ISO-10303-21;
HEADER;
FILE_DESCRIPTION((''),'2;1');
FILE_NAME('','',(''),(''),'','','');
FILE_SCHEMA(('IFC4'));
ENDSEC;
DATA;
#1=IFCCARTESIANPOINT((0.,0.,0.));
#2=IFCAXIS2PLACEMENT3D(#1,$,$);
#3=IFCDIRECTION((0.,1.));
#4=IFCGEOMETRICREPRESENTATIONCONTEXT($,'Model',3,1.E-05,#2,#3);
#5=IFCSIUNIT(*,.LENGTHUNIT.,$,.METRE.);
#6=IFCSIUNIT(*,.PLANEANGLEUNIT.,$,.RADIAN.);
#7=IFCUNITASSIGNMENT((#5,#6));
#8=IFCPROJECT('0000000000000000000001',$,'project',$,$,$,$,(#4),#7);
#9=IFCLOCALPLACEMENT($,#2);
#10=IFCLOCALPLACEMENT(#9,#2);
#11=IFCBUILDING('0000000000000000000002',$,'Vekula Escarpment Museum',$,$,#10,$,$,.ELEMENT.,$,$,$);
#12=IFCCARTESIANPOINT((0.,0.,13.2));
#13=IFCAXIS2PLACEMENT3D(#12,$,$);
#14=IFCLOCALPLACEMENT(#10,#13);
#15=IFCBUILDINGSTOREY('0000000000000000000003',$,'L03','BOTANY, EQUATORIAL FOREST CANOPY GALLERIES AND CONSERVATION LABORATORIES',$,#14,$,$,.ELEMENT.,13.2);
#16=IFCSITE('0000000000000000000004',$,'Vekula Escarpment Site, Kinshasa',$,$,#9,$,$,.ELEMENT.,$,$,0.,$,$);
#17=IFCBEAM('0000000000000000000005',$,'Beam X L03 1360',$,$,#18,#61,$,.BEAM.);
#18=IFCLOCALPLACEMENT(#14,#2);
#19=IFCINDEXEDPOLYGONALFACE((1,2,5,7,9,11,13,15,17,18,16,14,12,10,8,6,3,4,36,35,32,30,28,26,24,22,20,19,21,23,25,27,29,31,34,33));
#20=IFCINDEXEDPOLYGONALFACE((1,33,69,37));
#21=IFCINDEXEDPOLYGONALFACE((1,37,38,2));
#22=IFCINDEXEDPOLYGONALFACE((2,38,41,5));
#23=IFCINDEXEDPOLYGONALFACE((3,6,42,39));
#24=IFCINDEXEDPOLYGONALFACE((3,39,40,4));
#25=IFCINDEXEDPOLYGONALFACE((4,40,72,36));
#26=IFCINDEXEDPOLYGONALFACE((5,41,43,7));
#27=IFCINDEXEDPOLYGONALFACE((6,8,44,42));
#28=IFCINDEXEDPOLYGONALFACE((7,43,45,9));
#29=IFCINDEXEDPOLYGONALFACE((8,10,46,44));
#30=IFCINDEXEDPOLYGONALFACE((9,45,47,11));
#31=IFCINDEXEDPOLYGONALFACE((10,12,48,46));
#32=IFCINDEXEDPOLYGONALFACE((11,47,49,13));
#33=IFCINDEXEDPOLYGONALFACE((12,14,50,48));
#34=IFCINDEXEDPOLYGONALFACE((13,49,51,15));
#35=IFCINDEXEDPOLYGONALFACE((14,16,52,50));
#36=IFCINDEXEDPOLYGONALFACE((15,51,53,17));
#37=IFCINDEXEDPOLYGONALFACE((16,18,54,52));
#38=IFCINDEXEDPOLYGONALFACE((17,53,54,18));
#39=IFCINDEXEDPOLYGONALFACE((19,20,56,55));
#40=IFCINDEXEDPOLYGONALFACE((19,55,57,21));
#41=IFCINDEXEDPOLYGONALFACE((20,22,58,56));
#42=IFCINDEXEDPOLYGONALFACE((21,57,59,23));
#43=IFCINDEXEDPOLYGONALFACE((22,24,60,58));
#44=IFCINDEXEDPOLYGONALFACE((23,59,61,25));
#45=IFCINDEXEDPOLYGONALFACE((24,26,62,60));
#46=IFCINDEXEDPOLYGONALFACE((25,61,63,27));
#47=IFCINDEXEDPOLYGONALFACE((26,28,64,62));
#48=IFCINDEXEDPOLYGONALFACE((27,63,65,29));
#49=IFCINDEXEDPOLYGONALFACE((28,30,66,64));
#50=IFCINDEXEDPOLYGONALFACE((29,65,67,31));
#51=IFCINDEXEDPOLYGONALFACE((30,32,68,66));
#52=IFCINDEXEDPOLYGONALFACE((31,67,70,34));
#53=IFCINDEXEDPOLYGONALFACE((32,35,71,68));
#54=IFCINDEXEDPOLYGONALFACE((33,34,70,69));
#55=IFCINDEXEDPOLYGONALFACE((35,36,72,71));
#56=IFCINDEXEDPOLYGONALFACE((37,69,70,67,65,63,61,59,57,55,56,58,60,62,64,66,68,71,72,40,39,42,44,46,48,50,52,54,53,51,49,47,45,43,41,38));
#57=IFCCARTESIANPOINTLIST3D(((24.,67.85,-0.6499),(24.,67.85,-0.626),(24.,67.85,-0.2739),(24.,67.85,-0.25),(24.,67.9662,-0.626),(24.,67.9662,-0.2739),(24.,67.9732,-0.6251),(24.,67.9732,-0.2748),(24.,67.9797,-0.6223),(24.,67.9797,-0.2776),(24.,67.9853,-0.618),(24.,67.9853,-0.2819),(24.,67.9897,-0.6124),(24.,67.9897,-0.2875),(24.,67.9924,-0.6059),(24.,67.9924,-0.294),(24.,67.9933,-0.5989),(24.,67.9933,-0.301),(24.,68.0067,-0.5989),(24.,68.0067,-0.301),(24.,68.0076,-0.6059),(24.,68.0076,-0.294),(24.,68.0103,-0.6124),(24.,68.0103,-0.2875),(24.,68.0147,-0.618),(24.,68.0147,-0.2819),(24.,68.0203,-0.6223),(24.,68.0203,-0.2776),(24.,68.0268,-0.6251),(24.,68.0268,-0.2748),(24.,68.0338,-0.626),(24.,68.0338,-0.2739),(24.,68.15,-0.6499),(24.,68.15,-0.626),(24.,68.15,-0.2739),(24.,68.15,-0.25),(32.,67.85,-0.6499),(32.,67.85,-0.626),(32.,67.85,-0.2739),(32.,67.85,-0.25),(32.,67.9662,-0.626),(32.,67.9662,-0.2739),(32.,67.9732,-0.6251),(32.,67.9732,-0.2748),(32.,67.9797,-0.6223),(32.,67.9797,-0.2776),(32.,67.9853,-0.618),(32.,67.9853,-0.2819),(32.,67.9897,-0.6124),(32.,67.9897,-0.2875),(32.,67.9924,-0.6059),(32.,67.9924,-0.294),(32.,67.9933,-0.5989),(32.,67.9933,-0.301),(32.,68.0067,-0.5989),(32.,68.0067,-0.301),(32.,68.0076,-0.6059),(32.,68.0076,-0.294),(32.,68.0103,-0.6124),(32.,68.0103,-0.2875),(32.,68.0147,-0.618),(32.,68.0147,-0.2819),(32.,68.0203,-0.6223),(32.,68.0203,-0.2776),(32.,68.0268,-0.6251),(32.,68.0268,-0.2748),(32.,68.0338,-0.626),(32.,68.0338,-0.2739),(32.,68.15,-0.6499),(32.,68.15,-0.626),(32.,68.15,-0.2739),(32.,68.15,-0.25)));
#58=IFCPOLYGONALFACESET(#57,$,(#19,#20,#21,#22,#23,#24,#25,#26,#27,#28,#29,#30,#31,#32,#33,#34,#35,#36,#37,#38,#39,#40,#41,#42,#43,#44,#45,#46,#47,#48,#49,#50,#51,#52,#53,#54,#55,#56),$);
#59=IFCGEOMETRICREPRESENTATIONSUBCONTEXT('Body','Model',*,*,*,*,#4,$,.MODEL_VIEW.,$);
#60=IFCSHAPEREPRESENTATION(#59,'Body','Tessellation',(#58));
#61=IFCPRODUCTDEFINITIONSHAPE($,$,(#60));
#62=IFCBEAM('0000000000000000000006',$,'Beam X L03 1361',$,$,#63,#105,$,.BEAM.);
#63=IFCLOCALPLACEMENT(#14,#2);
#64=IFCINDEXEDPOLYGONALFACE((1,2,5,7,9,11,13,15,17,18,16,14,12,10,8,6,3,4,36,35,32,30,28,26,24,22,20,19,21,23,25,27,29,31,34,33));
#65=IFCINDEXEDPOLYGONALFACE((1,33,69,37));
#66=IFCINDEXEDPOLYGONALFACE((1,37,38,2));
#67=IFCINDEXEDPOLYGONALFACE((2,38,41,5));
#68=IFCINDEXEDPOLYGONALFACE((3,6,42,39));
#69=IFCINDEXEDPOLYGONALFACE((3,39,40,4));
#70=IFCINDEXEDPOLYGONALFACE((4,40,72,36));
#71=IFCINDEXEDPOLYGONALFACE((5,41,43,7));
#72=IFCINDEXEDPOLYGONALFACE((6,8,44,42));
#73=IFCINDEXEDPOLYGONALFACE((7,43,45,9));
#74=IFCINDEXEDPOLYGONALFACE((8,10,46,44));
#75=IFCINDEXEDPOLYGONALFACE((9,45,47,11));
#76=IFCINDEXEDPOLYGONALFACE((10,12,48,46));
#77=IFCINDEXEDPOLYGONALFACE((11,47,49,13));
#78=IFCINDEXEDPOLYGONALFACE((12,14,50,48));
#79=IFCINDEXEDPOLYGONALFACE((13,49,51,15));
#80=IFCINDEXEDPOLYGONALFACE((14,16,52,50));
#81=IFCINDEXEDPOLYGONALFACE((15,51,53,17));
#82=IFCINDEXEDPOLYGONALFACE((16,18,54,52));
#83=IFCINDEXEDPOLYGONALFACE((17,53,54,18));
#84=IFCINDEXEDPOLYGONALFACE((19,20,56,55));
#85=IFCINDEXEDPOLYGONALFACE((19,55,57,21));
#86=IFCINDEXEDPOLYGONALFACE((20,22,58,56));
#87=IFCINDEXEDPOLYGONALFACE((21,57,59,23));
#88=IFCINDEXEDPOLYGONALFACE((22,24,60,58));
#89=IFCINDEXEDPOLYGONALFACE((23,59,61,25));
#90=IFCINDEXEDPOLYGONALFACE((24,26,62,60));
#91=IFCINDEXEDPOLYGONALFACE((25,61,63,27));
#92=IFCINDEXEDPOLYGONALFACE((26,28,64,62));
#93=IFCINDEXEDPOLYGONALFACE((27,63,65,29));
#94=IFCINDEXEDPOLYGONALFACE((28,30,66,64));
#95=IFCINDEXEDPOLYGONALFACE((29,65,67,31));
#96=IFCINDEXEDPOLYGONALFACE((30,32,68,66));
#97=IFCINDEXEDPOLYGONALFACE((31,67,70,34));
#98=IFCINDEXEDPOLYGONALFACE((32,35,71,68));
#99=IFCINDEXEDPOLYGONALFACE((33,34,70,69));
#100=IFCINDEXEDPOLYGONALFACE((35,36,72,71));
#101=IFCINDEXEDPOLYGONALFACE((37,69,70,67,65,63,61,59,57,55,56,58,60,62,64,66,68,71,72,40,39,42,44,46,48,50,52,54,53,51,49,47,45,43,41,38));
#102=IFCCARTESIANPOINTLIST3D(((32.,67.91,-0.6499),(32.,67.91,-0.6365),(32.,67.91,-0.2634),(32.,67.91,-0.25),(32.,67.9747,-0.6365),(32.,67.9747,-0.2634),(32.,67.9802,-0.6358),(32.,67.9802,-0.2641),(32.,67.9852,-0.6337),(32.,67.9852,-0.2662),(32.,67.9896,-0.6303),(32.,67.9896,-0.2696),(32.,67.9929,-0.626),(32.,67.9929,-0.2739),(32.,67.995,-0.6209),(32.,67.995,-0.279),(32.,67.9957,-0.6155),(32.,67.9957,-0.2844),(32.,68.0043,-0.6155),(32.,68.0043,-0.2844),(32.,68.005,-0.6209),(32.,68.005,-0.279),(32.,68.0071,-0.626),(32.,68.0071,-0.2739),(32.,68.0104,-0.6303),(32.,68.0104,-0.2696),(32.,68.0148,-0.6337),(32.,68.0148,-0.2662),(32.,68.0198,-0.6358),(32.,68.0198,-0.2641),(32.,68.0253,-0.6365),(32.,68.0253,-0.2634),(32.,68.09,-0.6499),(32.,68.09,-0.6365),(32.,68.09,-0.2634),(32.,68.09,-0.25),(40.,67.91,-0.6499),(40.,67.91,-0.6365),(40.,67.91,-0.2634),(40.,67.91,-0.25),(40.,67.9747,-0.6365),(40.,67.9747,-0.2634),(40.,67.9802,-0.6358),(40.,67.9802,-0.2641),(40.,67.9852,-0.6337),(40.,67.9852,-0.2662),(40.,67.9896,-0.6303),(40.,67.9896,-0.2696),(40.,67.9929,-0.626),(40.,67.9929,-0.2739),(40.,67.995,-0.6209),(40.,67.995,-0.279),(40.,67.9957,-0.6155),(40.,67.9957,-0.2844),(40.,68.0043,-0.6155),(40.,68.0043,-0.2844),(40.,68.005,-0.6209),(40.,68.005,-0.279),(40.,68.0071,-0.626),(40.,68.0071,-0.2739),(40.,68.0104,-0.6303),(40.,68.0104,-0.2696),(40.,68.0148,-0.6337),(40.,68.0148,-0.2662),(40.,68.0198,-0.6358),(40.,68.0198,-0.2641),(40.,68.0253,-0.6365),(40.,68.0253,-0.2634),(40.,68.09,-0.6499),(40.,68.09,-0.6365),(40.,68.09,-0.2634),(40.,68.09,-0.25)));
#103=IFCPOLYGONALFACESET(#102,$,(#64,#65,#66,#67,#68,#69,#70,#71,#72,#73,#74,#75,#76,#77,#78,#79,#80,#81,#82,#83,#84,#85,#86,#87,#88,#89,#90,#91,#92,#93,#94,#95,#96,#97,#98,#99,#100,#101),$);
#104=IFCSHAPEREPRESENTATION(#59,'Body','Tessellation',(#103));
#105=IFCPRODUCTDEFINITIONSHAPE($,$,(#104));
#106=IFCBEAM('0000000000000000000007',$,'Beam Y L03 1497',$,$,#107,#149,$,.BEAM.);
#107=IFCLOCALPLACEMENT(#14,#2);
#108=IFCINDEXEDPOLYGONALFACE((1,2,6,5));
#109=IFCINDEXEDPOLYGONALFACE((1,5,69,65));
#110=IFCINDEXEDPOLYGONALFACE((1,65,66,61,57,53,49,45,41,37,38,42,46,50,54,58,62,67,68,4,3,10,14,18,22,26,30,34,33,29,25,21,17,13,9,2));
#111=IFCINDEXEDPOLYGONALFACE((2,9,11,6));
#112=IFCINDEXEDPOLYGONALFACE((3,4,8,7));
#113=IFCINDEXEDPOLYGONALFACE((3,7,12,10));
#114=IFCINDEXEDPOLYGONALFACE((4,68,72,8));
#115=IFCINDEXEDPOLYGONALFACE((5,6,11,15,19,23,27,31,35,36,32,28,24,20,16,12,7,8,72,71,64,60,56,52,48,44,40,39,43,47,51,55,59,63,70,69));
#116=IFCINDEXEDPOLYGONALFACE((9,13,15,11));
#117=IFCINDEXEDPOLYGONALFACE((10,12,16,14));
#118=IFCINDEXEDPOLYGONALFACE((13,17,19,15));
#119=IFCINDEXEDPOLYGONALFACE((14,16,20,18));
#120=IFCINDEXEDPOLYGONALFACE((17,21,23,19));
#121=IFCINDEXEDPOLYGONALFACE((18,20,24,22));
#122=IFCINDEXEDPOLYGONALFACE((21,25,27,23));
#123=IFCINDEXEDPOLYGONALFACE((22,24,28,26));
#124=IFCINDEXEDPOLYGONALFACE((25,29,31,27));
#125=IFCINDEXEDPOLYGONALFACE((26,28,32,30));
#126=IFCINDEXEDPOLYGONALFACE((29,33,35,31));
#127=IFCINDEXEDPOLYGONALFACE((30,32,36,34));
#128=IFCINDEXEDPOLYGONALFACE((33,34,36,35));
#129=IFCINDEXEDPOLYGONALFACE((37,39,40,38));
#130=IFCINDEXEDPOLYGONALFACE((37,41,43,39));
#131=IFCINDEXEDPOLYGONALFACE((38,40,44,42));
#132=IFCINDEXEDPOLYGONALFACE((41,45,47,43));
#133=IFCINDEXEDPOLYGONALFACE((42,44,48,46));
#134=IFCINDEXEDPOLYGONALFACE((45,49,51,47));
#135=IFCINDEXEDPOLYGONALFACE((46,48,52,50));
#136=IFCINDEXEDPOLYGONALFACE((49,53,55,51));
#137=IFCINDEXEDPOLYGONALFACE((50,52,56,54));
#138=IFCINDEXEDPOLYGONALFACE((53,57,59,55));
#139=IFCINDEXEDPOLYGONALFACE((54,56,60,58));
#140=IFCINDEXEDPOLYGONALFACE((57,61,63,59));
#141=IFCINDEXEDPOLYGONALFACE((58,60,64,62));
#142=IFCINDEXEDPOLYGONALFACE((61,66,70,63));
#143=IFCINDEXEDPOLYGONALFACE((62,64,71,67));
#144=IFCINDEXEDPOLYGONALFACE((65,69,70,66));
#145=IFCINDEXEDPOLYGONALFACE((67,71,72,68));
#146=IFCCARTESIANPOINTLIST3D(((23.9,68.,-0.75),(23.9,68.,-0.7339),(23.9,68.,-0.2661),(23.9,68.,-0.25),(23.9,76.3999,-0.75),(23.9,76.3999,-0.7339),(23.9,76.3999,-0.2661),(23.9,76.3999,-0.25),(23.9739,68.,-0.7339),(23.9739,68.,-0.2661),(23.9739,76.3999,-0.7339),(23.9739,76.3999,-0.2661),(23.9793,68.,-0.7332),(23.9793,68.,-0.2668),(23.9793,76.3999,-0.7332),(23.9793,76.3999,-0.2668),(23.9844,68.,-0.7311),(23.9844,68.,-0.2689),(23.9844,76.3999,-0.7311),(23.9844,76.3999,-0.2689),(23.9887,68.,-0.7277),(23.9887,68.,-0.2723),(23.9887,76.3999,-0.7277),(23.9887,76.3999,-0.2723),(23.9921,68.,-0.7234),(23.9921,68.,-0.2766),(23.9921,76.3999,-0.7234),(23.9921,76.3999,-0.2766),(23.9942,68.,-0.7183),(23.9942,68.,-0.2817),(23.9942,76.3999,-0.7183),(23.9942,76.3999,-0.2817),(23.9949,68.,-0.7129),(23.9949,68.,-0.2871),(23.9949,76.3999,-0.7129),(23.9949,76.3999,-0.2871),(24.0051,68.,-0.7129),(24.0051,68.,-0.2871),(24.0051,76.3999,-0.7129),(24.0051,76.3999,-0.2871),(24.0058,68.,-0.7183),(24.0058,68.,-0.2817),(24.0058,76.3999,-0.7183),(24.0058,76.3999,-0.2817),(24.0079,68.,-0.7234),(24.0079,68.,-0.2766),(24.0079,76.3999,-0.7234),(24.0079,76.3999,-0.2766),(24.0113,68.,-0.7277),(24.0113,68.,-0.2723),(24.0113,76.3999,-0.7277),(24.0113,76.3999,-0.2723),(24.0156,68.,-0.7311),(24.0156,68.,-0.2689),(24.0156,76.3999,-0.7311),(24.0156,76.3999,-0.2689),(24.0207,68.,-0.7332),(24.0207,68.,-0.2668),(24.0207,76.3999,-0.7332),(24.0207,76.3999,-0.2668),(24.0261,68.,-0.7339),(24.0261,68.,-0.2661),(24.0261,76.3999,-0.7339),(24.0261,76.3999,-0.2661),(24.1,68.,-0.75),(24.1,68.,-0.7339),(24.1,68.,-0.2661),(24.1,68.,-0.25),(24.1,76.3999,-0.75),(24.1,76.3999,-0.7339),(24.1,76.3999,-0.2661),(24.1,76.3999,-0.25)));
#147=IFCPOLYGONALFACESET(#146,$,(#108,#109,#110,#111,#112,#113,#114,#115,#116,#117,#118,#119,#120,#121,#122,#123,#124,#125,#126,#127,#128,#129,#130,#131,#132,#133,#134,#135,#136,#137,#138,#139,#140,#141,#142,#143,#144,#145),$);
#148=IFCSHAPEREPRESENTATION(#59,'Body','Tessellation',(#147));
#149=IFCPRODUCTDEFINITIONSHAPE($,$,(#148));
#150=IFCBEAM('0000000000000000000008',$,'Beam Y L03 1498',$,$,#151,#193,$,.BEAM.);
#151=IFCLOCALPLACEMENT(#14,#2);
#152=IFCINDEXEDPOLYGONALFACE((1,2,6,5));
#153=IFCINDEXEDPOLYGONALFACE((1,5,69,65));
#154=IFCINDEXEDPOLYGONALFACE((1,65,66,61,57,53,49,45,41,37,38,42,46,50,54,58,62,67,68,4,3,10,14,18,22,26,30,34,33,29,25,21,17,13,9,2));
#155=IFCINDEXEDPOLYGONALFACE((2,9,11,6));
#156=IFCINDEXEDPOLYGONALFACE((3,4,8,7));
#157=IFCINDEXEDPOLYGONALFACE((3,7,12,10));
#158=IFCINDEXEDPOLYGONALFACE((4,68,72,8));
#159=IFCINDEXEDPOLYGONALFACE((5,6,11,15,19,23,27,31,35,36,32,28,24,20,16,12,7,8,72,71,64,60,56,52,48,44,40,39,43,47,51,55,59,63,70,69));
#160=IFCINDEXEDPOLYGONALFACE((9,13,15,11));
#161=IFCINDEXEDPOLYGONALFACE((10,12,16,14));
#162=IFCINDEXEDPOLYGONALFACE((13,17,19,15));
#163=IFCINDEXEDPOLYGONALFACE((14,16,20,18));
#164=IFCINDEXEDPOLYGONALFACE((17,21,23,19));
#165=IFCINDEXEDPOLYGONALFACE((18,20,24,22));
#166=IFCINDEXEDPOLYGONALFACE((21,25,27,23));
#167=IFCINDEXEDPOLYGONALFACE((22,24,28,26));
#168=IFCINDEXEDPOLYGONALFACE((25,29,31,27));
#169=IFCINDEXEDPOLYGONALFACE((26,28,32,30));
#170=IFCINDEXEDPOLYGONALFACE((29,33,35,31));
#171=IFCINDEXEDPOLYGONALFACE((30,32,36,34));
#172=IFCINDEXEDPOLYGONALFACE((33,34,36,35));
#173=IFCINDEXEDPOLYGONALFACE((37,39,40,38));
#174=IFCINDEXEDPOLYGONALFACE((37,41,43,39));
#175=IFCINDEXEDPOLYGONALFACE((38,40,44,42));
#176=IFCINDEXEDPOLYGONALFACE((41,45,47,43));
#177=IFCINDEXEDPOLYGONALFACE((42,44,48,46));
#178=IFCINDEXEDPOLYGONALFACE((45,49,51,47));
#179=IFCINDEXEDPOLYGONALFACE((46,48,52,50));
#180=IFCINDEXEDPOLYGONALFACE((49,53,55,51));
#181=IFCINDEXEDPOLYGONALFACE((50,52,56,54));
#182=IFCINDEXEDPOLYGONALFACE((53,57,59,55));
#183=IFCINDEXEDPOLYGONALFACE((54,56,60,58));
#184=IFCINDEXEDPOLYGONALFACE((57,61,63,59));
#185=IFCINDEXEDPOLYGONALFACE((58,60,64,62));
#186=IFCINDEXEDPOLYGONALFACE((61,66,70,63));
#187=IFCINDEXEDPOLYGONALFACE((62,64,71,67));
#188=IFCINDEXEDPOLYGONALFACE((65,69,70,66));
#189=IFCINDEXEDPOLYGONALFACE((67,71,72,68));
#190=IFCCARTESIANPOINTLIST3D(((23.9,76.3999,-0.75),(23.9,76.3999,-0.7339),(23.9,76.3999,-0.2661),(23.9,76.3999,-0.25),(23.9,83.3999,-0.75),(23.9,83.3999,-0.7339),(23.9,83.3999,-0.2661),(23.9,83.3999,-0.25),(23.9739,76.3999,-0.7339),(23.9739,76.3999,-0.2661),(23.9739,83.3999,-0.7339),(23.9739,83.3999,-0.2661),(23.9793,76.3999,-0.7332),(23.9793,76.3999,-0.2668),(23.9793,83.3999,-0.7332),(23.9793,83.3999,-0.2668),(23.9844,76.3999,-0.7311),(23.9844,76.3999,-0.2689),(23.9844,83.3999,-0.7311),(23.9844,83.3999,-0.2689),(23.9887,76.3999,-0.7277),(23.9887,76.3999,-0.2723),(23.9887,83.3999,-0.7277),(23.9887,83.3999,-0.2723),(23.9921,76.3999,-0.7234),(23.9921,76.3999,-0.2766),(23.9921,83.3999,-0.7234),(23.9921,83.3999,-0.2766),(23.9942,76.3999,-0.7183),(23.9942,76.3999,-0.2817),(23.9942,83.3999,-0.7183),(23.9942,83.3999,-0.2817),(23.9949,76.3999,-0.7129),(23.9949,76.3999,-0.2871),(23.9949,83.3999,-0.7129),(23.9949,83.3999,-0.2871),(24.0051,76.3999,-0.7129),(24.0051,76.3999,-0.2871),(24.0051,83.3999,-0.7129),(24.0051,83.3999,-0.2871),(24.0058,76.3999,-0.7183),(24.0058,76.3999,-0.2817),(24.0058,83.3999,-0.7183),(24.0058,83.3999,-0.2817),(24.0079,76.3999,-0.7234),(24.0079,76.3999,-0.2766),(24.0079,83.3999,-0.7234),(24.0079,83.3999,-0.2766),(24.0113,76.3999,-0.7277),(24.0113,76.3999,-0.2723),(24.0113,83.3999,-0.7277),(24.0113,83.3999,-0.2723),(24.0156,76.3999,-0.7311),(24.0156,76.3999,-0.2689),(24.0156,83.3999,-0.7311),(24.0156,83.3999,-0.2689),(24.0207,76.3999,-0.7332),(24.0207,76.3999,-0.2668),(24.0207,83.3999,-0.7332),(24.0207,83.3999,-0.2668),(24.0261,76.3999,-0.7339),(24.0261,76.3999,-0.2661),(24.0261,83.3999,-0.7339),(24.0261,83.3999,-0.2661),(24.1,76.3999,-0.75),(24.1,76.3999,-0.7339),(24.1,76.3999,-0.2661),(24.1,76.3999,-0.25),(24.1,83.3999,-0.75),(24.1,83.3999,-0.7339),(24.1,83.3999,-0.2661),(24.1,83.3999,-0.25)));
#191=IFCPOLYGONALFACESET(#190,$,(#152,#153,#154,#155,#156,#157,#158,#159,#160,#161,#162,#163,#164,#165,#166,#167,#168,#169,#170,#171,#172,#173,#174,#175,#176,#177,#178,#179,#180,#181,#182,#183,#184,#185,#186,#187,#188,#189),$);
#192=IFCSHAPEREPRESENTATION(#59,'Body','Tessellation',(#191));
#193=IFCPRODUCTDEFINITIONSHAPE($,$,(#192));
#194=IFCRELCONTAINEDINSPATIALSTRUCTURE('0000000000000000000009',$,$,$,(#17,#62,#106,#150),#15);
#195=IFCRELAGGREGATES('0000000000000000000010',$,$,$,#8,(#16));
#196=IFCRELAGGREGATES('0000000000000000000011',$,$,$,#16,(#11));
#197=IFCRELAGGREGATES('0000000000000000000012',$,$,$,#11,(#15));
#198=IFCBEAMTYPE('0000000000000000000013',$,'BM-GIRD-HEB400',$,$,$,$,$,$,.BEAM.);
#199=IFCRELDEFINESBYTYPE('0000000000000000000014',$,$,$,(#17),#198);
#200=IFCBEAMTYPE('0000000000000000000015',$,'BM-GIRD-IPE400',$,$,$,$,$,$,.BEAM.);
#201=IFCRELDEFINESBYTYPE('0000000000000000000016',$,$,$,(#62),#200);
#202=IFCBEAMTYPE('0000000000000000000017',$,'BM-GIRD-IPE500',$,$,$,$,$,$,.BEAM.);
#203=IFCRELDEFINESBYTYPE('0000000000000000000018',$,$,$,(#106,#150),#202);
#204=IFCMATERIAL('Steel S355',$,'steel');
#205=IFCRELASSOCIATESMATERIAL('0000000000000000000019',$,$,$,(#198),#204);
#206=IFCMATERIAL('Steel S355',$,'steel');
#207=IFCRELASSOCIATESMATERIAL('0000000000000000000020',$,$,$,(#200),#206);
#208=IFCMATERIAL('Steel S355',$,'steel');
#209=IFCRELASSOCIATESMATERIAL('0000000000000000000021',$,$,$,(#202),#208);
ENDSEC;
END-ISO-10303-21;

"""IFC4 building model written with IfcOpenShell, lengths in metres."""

from ifc_helpers import new_model, si_unit, direction, frame, origin, origin_2d, place, context, subcontext, project, spatial, i_section, extrude, material, material_profile, profile_set, type_object, element, save


model = new_model("IFC4")

# Units and contexts
model_context = context("Model", 3, precision=1e-05, world=origin(), true_north=direction((0.0, 1.0)))
body_context = subcontext(model_context, "Body", "Model", "MODEL_VIEW")
ifc_project = project(units=[si_unit("LENGTHUNIT", "METRE"), si_unit("PLANEANGLEUNIT", "RADIAN")], contexts=[model_context])

# Site, building, storey
site_placement = place(None, origin())
site = spatial("IfcSite", under=ifc_project, at=site_placement, Name="Vekula Escarpment Site, Kinshasa", CompositionType="ELEMENT", RefElevation=0.0)
building_placement = place(site_placement, origin())
building = spatial("IfcBuilding", under=site, at=building_placement, Name="Vekula Escarpment Museum", CompositionType="ELEMENT")
storey_placement = place(building_placement, frame((0.0, 0.0, 13.2)))
storey = spatial("IfcBuildingStorey", under=building, at=storey_placement, Name="L03", Description="BOTANY, EQUATORIAL FOREST CANOPY GALLERIES AND CONSERVATION LABORATORIES", CompositionType="ELEMENT", Elevation=13.2)

# Beams
ifc_material_1 = material(Name="Steel S355", Category="steel")
ifc_material_profile_1 = material_profile(ifc_material_1, i_section(OverallWidth=0.3, OverallDepth=0.3999, WebThickness=0.0134, FlangeThickness=0.0239, FilletRadius=0.0271, at=origin_2d()), Name="HEB 400")
ifc_profile_set_1 = profile_set([ifc_material_profile_1], Name="Steel S355")
beam_type_1 = type_object("IfcBeamType", Name="BM-GIRD-HEB400", PredefinedType="BEAM", material=ifc_profile_set_1)
beam_1_placement = place(storey_placement, frame((24.0, 68.0, -0.45), z_axis=(1.0, 0.0, 0.0), x_axis=(0.0, 1.0, 0.0)))
element("IfcBeam", 1, at=beam_1_placement, inside=storey, type_object=beam_type_1, Name="Beam X L03 1360", PredefinedType="BEAM", context=body_context, shape_type="SweptSolid", body=[
    extrude(i_section(OverallWidth=0.3, OverallDepth=0.3999, WebThickness=0.0134, FlangeThickness=0.0239, FilletRadius=0.0271, at=origin_2d()), origin(), (0.0, 0.0, 1.0), 8.0),
])
ifc_material_2 = material(Name="Steel S355", Category="steel")
ifc_material_profile_2 = material_profile(ifc_material_2, i_section(OverallWidth=0.1799, OverallDepth=0.3999, WebThickness=0.0085, FlangeThickness=0.0134, FilletRadius=0.021, at=origin_2d()), Name="IPE 400")
ifc_profile_set_2 = profile_set([ifc_material_profile_2], Name="Steel S355")
beam_type_2 = type_object("IfcBeamType", Name="BM-GIRD-IPE400", PredefinedType="BEAM", material=ifc_profile_set_2)
beam_2_placement = place(storey_placement, frame((32.0, 68.0, -0.45), z_axis=(1.0, 0.0, 0.0), x_axis=(0.0, 1.0, 0.0)))
element("IfcBeam", 2, at=beam_2_placement, inside=storey, type_object=beam_type_2, Name="Beam X L03 1361", PredefinedType="BEAM", context=body_context, shape_type="SweptSolid", body=[
    extrude(i_section(OverallWidth=0.1799, OverallDepth=0.3999, WebThickness=0.0085, FlangeThickness=0.0134, FilletRadius=0.021, at=origin_2d()), origin(), (0.0, 0.0, 1.0), 8.0),
])
ifc_material_3 = material(Name="Steel S355", Category="steel")
ifc_material_profile_3 = material_profile(ifc_material_3, i_section(OverallWidth=0.2, OverallDepth=0.5, WebThickness=0.0103, FlangeThickness=0.0161, FilletRadius=0.021, at=origin_2d()), Name="IPE 500")
ifc_profile_set_3 = profile_set([ifc_material_profile_3], Name="Steel S355")
beam_type_3 = type_object("IfcBeamType", Name="BM-GIRD-IPE500", PredefinedType="BEAM", material=ifc_profile_set_3)
beam_3_placement = place(storey_placement, frame((24.0, 68.0, -0.5), z_axis=(0.0, 1.0, 0.0), x_axis=(-1.0, 0.0, 0.0)))
element("IfcBeam", 3, at=beam_3_placement, inside=storey, type_object=beam_type_3, Name="Beam Y L03 1497", PredefinedType="BEAM", context=body_context, shape_type="SweptSolid", body=[
    extrude(i_section(OverallWidth=0.2, OverallDepth=0.5, WebThickness=0.0103, FlangeThickness=0.0161, FilletRadius=0.021, at=origin_2d()), origin(), (0.0, 0.0, 1.0), 8.3999),
])
beam_4_placement = place(storey_placement, frame((24.0, 76.3999, -0.5), z_axis=(0.0, 1.0, 0.0), x_axis=(-1.0, 0.0, 0.0)))
element("IfcBeam", 4, at=beam_4_placement, inside=storey, type_object=beam_type_3, Name="Beam Y L03 1498", PredefinedType="BEAM", context=body_context, shape_type="SweptSolid", body=[
    extrude(i_section(OverallWidth=0.2, OverallDepth=0.5, WebThickness=0.0103, FlangeThickness=0.0161, FilletRadius=0.021, at=origin_2d()), origin(), (0.0, 0.0, 1.0), 7.0),
])

save(model, "model.ifc")
